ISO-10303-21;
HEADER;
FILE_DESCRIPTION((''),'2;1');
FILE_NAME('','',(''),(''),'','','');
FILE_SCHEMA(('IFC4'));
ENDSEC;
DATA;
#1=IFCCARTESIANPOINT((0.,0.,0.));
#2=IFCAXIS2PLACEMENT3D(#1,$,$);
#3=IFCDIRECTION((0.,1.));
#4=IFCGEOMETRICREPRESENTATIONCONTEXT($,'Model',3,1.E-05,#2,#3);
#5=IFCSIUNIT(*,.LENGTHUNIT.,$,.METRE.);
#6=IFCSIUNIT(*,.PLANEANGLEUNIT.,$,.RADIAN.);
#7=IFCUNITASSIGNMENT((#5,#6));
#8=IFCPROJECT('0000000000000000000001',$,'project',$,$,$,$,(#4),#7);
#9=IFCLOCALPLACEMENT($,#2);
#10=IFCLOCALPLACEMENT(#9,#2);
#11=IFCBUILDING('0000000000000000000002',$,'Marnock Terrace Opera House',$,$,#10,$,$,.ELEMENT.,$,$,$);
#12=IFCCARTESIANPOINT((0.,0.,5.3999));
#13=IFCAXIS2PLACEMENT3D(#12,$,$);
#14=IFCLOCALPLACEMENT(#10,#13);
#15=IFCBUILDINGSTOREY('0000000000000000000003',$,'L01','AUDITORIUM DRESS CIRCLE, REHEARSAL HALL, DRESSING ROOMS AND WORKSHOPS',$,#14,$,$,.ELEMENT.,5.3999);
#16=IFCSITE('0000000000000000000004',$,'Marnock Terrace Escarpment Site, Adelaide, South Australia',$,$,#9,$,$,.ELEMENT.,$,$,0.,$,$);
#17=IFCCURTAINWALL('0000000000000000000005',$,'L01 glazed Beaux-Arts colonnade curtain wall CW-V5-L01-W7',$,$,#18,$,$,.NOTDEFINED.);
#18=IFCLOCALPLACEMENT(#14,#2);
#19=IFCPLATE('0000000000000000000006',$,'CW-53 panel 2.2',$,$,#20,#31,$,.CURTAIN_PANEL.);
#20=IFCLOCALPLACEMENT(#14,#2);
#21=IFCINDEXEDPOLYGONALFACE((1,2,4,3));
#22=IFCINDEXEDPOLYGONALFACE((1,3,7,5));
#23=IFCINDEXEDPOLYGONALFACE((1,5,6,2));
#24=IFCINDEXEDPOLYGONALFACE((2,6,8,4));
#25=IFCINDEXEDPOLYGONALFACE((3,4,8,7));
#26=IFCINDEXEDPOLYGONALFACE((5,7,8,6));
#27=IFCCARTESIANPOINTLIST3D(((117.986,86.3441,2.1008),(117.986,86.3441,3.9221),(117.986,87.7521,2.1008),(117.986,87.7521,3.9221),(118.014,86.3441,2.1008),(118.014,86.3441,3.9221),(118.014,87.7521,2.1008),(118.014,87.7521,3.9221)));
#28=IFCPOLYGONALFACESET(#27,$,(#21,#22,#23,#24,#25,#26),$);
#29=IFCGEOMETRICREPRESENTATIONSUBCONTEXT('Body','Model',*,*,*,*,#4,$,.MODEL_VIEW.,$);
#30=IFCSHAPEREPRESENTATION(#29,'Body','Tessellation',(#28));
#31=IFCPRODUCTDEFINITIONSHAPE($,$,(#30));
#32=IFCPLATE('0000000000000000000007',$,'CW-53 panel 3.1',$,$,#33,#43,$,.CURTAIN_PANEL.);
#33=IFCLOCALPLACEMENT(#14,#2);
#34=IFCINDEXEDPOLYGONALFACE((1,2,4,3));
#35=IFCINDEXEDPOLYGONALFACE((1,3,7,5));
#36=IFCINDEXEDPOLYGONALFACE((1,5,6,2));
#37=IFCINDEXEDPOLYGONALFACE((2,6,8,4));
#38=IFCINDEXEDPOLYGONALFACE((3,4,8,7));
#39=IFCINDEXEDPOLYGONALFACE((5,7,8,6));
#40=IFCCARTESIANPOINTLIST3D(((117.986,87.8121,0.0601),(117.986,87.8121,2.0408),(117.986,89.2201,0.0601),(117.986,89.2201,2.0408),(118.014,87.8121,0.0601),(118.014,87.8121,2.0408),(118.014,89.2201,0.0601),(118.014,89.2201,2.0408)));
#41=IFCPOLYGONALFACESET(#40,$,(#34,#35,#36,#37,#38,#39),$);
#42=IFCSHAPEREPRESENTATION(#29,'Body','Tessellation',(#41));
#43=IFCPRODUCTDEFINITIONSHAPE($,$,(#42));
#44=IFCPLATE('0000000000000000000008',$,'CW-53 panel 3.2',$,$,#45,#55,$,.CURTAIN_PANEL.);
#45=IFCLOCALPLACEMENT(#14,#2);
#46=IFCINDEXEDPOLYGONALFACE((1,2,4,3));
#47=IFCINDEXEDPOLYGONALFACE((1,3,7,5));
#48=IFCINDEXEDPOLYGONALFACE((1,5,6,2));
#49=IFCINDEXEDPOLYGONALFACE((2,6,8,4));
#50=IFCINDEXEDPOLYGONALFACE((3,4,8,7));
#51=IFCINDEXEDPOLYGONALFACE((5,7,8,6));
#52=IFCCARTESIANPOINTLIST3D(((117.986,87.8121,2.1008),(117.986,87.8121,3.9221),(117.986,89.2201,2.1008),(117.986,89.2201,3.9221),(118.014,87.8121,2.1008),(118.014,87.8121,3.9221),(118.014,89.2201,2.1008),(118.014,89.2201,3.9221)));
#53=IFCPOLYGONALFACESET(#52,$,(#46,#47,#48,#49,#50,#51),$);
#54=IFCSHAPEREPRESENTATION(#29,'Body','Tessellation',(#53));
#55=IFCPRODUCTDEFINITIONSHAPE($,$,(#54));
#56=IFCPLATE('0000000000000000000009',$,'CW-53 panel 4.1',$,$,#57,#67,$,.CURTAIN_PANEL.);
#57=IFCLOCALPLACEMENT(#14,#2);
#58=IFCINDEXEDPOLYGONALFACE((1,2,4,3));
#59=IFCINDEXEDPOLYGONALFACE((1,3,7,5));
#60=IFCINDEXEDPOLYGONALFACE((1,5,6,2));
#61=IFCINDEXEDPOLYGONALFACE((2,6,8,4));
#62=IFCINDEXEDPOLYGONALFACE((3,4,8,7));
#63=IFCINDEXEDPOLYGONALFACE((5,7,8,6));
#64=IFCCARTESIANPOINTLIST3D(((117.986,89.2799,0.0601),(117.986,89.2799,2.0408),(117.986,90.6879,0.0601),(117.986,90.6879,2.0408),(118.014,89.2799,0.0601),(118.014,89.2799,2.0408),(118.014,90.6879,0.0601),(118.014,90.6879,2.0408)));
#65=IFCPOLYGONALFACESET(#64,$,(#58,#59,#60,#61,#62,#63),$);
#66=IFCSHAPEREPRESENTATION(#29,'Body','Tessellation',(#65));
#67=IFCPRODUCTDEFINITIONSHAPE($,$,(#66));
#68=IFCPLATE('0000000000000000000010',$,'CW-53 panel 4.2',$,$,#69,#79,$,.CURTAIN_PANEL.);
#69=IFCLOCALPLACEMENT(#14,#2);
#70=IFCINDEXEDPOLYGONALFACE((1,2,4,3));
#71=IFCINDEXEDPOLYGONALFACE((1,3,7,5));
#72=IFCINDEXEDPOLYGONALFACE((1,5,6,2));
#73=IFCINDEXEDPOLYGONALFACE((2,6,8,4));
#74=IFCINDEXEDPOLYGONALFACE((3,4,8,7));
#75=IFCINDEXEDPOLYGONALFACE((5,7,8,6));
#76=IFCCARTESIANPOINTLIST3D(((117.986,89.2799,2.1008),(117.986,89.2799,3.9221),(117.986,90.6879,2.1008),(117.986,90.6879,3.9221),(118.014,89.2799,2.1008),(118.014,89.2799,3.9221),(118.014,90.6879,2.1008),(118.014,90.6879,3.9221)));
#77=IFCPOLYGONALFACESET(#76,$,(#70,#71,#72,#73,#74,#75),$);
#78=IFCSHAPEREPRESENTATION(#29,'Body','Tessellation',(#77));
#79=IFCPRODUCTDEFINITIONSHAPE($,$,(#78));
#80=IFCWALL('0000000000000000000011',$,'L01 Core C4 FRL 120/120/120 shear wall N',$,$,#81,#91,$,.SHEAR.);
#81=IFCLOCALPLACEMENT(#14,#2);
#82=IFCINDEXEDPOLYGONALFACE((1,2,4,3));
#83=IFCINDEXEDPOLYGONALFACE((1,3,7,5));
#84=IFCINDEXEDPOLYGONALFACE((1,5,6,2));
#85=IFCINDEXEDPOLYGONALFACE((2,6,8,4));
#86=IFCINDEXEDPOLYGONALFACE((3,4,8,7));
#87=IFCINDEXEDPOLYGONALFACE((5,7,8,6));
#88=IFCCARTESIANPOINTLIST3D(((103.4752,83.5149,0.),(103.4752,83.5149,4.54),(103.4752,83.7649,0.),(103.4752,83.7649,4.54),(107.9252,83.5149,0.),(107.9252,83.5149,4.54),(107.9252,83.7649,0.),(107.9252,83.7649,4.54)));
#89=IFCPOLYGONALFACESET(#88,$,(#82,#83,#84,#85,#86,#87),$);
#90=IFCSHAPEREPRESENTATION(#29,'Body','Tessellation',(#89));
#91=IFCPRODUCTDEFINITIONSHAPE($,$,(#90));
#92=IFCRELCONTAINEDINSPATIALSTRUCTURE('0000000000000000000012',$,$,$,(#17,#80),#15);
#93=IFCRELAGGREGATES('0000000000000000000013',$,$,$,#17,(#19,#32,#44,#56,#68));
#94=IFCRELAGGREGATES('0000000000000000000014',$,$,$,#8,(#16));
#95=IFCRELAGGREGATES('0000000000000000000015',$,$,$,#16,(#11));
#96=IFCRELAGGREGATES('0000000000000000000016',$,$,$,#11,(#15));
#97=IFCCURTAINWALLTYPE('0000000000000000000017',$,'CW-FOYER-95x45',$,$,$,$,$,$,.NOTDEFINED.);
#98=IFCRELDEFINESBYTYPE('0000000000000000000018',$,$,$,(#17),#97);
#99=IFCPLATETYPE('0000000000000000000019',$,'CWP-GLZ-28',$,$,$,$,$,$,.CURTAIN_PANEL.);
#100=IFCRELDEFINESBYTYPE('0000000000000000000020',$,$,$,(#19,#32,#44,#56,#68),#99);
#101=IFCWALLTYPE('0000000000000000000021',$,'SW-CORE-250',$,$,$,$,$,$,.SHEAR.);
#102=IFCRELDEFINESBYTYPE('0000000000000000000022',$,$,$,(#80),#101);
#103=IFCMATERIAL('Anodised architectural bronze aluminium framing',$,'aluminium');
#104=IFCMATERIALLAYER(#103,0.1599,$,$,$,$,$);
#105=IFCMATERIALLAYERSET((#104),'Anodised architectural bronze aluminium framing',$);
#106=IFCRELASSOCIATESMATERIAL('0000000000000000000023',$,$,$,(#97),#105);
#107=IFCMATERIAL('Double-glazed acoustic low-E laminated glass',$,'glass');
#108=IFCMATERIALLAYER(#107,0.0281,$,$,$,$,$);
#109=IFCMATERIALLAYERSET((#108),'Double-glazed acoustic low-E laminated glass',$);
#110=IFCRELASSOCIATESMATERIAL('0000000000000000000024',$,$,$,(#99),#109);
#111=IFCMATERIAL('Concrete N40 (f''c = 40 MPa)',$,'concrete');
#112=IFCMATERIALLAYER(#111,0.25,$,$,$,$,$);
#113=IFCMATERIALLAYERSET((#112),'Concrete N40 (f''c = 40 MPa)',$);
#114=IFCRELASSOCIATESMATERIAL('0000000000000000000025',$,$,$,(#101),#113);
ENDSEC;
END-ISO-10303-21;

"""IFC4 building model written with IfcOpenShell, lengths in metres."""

from ifc_helpers import new_model, si_unit, direction, frame, frame_2d, origin, origin_2d, place, context, subcontext, project, spatial, rectangle, extrude, material, layer, layer_set, type_object, element, aggregate, save


model = new_model("IFC4")

# Units and contexts
model_context = context("Model", 3, precision=1e-05, world=origin(), true_north=direction((0.0, 1.0)))
body_context = subcontext(model_context, "Body", "Model", "MODEL_VIEW")
ifc_project = project(units=[si_unit("LENGTHUNIT", "METRE"), si_unit("PLANEANGLEUNIT", "RADIAN")], contexts=[model_context])

# Site, building, storey
site_placement = place(None, origin())
site = spatial("IfcSite", under=ifc_project, at=site_placement, Name="Marnock Terrace Escarpment Site, Adelaide, South Australia", CompositionType="ELEMENT", RefElevation=0.0)
building_placement = place(site_placement, origin())
building = spatial("IfcBuilding", under=site, at=building_placement, Name="Marnock Terrace Opera House", CompositionType="ELEMENT")
storey_placement = place(building_placement, frame((0.0, 0.0, 5.3999)))
storey = spatial("IfcBuildingStorey", under=building, at=storey_placement, Name="L01", Description="AUDITORIUM DRESS CIRCLE, REHEARSAL HALL, DRESSING ROOMS AND WORKSHOPS", CompositionType="ELEMENT", Elevation=5.3999)

# Shared definitions
ifc_material_1 = material(Name="Concrete N40 (f'c = 40 MPa)", Category="concrete")

# Shared definitions
ifc_material_2 = material(Name="Anodised architectural bronze aluminium framing", Category="aluminium")
ifc_layer_1 = layer(ifc_material_2, 0.1599)
ifc_layer_set_1 = layer_set([ifc_layer_1], Name="Anodised architectural bronze aluminium framing")
curtain_wall_type_1 = type_object("IfcCurtainWallType", Name="CW-FOYER-95x45", PredefinedType="NOTDEFINED", material=ifc_layer_set_1)

# Curtain wall
curtain_wall_1_placement = place(storey_placement, origin())
curtain_wall_1 = element("IfcCurtainWall", 1, at=curtain_wall_1_placement, inside=storey, type_object=curtain_wall_type_1, Name="L01 glazed Beaux-Arts colonnade curtain wall CW-V5-L01-W7", PredefinedType="NOTDEFINED")

# Plates
ifc_material_3 = material(Name="Double-glazed acoustic low-E laminated glass", Category="glass")
ifc_layer_2 = layer(ifc_material_3, 0.0281)
ifc_layer_set_2 = layer_set([ifc_layer_2], Name="Double-glazed acoustic low-E laminated glass")
plate_type = type_object("IfcPlateType", Name="CWP-GLZ-28", PredefinedType="CURTAIN_PANEL", material=ifc_layer_set_2)
plate_1_placement = place(storey_placement, frame((118.0, 87.0481, 2.1008), z_axis=(0.0, 0.0, 1.0), x_axis=(0.0, 1.0, 0.0)))
plate_1 = element("IfcPlate", 2, at=plate_1_placement, type_object=plate_type, Name="CW-53 panel 2.2", PredefinedType="CURTAIN_PANEL", context=body_context, shape_type="SweptSolid", body=[
    extrude(rectangle(XDim=1.408, YDim=0.0281, at=origin_2d()), origin(), (0.0, 0.0, 1.0), 1.8213),
])
plate_2_placement = place(storey_placement, frame((118.0, 88.5161, 0.0601), z_axis=(0.0, 0.0, 1.0), x_axis=(0.0, 1.0, 0.0)))
plate_2 = element("IfcPlate", 3, at=plate_2_placement, type_object=plate_type, Name="CW-53 panel 3.1", PredefinedType="CURTAIN_PANEL", context=body_context, shape_type="SweptSolid", body=[
    extrude(rectangle(XDim=1.408, YDim=0.0281, at=origin_2d()), origin(), (0.0, 0.0, 1.0), 1.9807),
])
plate_3_placement = place(storey_placement, frame((118.0, 88.5161, 2.1008), z_axis=(0.0, 0.0, 1.0), x_axis=(0.0, 1.0, 0.0)))
plate_3 = element("IfcPlate", 4, at=plate_3_placement, type_object=plate_type, Name="CW-53 panel 3.2", PredefinedType="CURTAIN_PANEL", context=body_context, shape_type="SweptSolid", body=[
    extrude(rectangle(XDim=1.408, YDim=0.0281, at=origin_2d()), origin(), (0.0, 0.0, 1.0), 1.8213),
])
plate_4_placement = place(storey_placement, frame((118.0, 89.9839, 0.0601), z_axis=(0.0, 0.0, 1.0), x_axis=(0.0, 1.0, 0.0)))
plate_4 = element("IfcPlate", 5, at=plate_4_placement, type_object=plate_type, Name="CW-53 panel 4.1", PredefinedType="CURTAIN_PANEL", context=body_context, shape_type="SweptSolid", body=[
    extrude(rectangle(XDim=1.408, YDim=0.0281, at=origin_2d()), origin(), (0.0, 0.0, 1.0), 1.9807),
])
plate_5_placement = place(storey_placement, frame((118.0, 89.9839, 2.1008), z_axis=(0.0, 0.0, 1.0), x_axis=(0.0, 1.0, 0.0)))
plate_5 = element("IfcPlate", 6, at=plate_5_placement, type_object=plate_type, Name="CW-53 panel 4.2", PredefinedType="CURTAIN_PANEL", context=body_context, shape_type="SweptSolid", body=[
    extrude(rectangle(XDim=1.408, YDim=0.0281, at=origin_2d()), origin(), (0.0, 0.0, 1.0), 1.8213),
])
aggregate(curtain_wall_1, [plate_1, plate_2, plate_3, plate_4, plate_5])

# Wall
ifc_layer_3 = layer(ifc_material_1, 0.25)
ifc_layer_set_3 = layer_set([ifc_layer_3], Name="Concrete N40 (f'c = 40 MPa)")
wall_type = type_object("IfcWallType", Name="SW-CORE-250", PredefinedType="SHEAR", material=ifc_layer_set_3)
wall_placement = place(storey_placement, frame((103.4751, 83.6399, 0.0), z_axis=(0.0, 0.0, 1.0), x_axis=(1.0, 0.0, 0.0)))
element("IfcWall", 7, at=wall_placement, inside=storey, type_object=wall_type, Name="L01 Core C4 FRL 120/120/120 shear wall N", PredefinedType="SHEAR", context=body_context, shape_type="SweptSolid", body=[
    extrude(rectangle(XDim=4.45, YDim=0.25, at=frame_2d((2.2251, 0.0))), origin(), (0.0, 0.0, 1.0), 4.54),
])

save(model, "model.ifc")
